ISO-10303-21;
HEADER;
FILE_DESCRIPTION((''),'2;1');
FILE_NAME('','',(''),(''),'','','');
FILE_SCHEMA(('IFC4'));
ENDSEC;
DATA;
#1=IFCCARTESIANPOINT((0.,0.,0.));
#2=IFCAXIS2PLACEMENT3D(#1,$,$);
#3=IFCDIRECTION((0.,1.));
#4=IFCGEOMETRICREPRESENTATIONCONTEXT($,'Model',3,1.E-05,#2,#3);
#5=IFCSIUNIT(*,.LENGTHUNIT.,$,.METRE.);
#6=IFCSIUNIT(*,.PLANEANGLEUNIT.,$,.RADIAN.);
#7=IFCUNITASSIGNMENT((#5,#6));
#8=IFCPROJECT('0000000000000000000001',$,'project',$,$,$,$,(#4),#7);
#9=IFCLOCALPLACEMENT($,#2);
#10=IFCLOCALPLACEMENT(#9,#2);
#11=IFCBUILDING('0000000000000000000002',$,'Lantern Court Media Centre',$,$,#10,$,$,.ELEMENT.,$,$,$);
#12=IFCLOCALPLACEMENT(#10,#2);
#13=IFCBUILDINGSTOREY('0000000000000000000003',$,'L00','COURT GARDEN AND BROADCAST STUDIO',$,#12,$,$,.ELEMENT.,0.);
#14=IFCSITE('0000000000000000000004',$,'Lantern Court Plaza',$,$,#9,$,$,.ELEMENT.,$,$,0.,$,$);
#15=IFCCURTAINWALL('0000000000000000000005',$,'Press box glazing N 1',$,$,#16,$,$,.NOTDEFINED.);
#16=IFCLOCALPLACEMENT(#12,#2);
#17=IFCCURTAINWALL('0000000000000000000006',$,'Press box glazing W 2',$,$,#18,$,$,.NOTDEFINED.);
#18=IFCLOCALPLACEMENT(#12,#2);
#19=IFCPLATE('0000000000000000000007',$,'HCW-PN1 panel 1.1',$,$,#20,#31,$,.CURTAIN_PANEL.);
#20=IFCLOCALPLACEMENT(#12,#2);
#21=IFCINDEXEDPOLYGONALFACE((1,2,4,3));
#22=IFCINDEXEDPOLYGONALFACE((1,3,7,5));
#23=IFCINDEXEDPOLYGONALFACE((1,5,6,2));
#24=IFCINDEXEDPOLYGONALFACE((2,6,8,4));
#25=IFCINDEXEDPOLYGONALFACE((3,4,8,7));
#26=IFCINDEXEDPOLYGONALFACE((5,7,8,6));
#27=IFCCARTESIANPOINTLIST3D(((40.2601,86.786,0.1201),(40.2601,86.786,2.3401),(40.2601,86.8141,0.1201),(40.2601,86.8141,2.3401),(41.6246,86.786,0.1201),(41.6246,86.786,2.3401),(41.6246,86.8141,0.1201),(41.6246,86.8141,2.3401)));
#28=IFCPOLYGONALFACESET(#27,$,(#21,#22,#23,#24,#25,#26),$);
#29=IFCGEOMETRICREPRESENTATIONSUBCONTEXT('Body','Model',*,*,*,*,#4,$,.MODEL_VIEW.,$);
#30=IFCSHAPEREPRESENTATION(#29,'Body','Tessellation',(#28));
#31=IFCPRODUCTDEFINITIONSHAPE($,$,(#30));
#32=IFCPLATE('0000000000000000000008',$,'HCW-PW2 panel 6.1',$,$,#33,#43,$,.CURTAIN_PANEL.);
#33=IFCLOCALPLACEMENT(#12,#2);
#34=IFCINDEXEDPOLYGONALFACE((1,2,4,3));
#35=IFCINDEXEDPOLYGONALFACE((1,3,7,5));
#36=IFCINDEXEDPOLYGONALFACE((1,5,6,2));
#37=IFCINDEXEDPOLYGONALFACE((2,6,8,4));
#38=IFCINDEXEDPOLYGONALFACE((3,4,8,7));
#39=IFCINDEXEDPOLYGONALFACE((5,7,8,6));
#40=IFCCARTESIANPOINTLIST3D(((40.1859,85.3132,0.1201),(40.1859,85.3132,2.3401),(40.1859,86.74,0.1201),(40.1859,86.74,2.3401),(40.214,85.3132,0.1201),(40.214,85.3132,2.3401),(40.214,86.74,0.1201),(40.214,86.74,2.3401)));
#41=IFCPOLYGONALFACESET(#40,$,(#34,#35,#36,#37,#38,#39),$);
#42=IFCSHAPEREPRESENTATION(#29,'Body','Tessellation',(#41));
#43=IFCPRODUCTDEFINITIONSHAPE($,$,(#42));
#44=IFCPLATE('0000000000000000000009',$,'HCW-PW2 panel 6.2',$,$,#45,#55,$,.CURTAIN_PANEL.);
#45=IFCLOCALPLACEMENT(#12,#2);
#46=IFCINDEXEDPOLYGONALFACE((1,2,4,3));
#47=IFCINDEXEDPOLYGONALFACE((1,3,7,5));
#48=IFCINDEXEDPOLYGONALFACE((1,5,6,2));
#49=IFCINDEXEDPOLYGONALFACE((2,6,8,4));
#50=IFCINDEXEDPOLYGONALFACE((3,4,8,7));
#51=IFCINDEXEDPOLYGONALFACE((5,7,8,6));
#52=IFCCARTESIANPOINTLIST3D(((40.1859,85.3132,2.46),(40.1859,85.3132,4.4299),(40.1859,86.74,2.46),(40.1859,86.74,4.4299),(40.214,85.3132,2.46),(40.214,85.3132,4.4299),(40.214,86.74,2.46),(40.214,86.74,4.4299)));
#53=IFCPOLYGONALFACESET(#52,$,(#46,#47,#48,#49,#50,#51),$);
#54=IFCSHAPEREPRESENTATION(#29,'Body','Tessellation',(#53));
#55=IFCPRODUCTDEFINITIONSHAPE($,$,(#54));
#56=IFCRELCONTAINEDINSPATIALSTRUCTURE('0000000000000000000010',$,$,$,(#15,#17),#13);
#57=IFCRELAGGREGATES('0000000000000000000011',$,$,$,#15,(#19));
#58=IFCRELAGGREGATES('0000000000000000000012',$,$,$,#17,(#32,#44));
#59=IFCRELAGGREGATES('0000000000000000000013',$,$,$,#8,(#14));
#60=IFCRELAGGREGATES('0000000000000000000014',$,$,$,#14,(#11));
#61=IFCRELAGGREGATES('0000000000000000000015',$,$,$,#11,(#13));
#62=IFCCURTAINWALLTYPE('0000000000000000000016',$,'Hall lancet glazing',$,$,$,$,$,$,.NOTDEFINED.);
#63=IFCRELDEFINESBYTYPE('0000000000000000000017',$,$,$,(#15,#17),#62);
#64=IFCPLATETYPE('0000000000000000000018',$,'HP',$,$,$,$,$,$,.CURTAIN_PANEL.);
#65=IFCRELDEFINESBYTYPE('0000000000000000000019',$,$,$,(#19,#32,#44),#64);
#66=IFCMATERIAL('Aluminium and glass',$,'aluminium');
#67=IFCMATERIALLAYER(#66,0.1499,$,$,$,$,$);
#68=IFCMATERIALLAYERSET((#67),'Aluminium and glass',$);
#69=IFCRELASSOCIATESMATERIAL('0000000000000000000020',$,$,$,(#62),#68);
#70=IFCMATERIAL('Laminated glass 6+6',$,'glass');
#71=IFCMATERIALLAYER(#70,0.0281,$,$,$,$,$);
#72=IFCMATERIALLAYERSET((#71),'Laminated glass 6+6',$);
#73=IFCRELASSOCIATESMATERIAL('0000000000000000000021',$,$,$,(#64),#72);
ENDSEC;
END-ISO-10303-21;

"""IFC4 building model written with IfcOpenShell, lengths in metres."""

from ifc_helpers import new_model, si_unit, direction, frame, origin, origin_2d, place, context, subcontext, project, spatial, rectangle, extrude, material, layer, layer_set, type_object, element, aggregate, save


model = new_model("IFC4")

# Units and contexts
model_context = context("Model", 3, precision=1e-05, world=origin(), true_north=direction((0.0, 1.0)))
body_context = subcontext(model_context, "Body", "Model", "MODEL_VIEW")
ifc_project = project(units=[si_unit("LENGTHUNIT", "METRE"), si_unit("PLANEANGLEUNIT", "RADIAN")], contexts=[model_context])

# Site, building, storey
site_placement = place(None, origin())
site = spatial("IfcSite", under=ifc_project, at=site_placement, Name="Lantern Court Plaza", CompositionType="ELEMENT", RefElevation=0.0)
building_placement = place(site_placement, origin())
building = spatial("IfcBuilding", under=site, at=building_placement, Name="Lantern Court Media Centre", CompositionType="ELEMENT")
storey_placement = place(building_placement, origin())
storey = spatial("IfcBuildingStorey", under=building, at=storey_placement, Name="L00", Description="COURT GARDEN AND BROADCAST STUDIO", CompositionType="ELEMENT", Elevation=0.0)

# Curtain wall
ifc_material_1 = material(Name="Aluminium and glass", Category="aluminium")
ifc_layer_1 = layer(ifc_material_1, 0.1499)
ifc_layer_set_1 = layer_set([ifc_layer_1], Name="Aluminium and glass")
curtain_wall_type = type_object("IfcCurtainWallType", Name="Hall lancet glazing", PredefinedType="NOTDEFINED", material=ifc_layer_set_1)
curtain_wall_1_placement = place(storey_placement, origin())
curtain_wall_1 = element("IfcCurtainWall", 1, at=curtain_wall_1_placement, inside=storey, type_object=curtain_wall_type, Name="Press box glazing N 1", PredefinedType="NOTDEFINED")

# Curtain wall
curtain_wall_2_placement = place(storey_placement, origin())
curtain_wall_2 = element("IfcCurtainWall", 2, at=curtain_wall_2_placement, inside=storey, type_object=curtain_wall_type, Name="Press box glazing W 2", PredefinedType="NOTDEFINED")

# Plates
ifc_material_2 = material(Name="Laminated glass 6+6", Category="glass")
ifc_layer_2 = layer(ifc_material_2, 0.0281)
ifc_layer_set_2 = layer_set([ifc_layer_2], Name="Laminated glass 6+6")
plate_type = type_object("IfcPlateType", Name="HP", PredefinedType="CURTAIN_PANEL", material=ifc_layer_set_2)
plate_1_placement = place(storey_placement, frame((40.9424, 86.8, 0.1201), z_axis=(0.0, 0.0, 1.0), x_axis=(1.0, 0.0, 0.0)))
plate_1 = element("IfcPlate", 3, at=plate_1_placement, type_object=plate_type, Name="HCW-PN1 panel 1.1", PredefinedType="CURTAIN_PANEL", context=body_context, shape_type="SweptSolid", body=[
    extrude(rectangle(XDim=1.3645, YDim=0.0281, at=origin_2d()), origin(), (0.0, 0.0, 1.0), 2.22),
])
aggregate(curtain_wall_1, [plate_1])
plate_2_placement = place(storey_placement, frame((40.2, 86.0266, 0.1201), z_axis=(0.0, 0.0, 1.0), x_axis=(0.0, 1.0, 0.0)))
plate_2 = element("IfcPlate", 4, at=plate_2_placement, type_object=plate_type, Name="HCW-PW2 panel 6.1", PredefinedType="CURTAIN_PANEL", context=body_context, shape_type="SweptSolid", body=[
    extrude(rectangle(XDim=1.4268, YDim=0.0281, at=origin_2d()), origin(), (0.0, 0.0, 1.0), 2.22),
])
plate_3_placement = place(storey_placement, frame((40.2, 86.0266, 2.46), z_axis=(0.0, 0.0, 1.0), x_axis=(0.0, 1.0, 0.0)))
plate_3 = element("IfcPlate", 5, at=plate_3_placement, type_object=plate_type, Name="HCW-PW2 panel 6.2", PredefinedType="CURTAIN_PANEL", context=body_context, shape_type="SweptSolid", body=[
    extrude(rectangle(XDim=1.4268, YDim=0.0281, at=origin_2d()), origin(), (0.0, 0.0, 1.0), 1.97),
])
aggregate(curtain_wall_2, [plate_2, plate_3])

save(model, "model.ifc")
